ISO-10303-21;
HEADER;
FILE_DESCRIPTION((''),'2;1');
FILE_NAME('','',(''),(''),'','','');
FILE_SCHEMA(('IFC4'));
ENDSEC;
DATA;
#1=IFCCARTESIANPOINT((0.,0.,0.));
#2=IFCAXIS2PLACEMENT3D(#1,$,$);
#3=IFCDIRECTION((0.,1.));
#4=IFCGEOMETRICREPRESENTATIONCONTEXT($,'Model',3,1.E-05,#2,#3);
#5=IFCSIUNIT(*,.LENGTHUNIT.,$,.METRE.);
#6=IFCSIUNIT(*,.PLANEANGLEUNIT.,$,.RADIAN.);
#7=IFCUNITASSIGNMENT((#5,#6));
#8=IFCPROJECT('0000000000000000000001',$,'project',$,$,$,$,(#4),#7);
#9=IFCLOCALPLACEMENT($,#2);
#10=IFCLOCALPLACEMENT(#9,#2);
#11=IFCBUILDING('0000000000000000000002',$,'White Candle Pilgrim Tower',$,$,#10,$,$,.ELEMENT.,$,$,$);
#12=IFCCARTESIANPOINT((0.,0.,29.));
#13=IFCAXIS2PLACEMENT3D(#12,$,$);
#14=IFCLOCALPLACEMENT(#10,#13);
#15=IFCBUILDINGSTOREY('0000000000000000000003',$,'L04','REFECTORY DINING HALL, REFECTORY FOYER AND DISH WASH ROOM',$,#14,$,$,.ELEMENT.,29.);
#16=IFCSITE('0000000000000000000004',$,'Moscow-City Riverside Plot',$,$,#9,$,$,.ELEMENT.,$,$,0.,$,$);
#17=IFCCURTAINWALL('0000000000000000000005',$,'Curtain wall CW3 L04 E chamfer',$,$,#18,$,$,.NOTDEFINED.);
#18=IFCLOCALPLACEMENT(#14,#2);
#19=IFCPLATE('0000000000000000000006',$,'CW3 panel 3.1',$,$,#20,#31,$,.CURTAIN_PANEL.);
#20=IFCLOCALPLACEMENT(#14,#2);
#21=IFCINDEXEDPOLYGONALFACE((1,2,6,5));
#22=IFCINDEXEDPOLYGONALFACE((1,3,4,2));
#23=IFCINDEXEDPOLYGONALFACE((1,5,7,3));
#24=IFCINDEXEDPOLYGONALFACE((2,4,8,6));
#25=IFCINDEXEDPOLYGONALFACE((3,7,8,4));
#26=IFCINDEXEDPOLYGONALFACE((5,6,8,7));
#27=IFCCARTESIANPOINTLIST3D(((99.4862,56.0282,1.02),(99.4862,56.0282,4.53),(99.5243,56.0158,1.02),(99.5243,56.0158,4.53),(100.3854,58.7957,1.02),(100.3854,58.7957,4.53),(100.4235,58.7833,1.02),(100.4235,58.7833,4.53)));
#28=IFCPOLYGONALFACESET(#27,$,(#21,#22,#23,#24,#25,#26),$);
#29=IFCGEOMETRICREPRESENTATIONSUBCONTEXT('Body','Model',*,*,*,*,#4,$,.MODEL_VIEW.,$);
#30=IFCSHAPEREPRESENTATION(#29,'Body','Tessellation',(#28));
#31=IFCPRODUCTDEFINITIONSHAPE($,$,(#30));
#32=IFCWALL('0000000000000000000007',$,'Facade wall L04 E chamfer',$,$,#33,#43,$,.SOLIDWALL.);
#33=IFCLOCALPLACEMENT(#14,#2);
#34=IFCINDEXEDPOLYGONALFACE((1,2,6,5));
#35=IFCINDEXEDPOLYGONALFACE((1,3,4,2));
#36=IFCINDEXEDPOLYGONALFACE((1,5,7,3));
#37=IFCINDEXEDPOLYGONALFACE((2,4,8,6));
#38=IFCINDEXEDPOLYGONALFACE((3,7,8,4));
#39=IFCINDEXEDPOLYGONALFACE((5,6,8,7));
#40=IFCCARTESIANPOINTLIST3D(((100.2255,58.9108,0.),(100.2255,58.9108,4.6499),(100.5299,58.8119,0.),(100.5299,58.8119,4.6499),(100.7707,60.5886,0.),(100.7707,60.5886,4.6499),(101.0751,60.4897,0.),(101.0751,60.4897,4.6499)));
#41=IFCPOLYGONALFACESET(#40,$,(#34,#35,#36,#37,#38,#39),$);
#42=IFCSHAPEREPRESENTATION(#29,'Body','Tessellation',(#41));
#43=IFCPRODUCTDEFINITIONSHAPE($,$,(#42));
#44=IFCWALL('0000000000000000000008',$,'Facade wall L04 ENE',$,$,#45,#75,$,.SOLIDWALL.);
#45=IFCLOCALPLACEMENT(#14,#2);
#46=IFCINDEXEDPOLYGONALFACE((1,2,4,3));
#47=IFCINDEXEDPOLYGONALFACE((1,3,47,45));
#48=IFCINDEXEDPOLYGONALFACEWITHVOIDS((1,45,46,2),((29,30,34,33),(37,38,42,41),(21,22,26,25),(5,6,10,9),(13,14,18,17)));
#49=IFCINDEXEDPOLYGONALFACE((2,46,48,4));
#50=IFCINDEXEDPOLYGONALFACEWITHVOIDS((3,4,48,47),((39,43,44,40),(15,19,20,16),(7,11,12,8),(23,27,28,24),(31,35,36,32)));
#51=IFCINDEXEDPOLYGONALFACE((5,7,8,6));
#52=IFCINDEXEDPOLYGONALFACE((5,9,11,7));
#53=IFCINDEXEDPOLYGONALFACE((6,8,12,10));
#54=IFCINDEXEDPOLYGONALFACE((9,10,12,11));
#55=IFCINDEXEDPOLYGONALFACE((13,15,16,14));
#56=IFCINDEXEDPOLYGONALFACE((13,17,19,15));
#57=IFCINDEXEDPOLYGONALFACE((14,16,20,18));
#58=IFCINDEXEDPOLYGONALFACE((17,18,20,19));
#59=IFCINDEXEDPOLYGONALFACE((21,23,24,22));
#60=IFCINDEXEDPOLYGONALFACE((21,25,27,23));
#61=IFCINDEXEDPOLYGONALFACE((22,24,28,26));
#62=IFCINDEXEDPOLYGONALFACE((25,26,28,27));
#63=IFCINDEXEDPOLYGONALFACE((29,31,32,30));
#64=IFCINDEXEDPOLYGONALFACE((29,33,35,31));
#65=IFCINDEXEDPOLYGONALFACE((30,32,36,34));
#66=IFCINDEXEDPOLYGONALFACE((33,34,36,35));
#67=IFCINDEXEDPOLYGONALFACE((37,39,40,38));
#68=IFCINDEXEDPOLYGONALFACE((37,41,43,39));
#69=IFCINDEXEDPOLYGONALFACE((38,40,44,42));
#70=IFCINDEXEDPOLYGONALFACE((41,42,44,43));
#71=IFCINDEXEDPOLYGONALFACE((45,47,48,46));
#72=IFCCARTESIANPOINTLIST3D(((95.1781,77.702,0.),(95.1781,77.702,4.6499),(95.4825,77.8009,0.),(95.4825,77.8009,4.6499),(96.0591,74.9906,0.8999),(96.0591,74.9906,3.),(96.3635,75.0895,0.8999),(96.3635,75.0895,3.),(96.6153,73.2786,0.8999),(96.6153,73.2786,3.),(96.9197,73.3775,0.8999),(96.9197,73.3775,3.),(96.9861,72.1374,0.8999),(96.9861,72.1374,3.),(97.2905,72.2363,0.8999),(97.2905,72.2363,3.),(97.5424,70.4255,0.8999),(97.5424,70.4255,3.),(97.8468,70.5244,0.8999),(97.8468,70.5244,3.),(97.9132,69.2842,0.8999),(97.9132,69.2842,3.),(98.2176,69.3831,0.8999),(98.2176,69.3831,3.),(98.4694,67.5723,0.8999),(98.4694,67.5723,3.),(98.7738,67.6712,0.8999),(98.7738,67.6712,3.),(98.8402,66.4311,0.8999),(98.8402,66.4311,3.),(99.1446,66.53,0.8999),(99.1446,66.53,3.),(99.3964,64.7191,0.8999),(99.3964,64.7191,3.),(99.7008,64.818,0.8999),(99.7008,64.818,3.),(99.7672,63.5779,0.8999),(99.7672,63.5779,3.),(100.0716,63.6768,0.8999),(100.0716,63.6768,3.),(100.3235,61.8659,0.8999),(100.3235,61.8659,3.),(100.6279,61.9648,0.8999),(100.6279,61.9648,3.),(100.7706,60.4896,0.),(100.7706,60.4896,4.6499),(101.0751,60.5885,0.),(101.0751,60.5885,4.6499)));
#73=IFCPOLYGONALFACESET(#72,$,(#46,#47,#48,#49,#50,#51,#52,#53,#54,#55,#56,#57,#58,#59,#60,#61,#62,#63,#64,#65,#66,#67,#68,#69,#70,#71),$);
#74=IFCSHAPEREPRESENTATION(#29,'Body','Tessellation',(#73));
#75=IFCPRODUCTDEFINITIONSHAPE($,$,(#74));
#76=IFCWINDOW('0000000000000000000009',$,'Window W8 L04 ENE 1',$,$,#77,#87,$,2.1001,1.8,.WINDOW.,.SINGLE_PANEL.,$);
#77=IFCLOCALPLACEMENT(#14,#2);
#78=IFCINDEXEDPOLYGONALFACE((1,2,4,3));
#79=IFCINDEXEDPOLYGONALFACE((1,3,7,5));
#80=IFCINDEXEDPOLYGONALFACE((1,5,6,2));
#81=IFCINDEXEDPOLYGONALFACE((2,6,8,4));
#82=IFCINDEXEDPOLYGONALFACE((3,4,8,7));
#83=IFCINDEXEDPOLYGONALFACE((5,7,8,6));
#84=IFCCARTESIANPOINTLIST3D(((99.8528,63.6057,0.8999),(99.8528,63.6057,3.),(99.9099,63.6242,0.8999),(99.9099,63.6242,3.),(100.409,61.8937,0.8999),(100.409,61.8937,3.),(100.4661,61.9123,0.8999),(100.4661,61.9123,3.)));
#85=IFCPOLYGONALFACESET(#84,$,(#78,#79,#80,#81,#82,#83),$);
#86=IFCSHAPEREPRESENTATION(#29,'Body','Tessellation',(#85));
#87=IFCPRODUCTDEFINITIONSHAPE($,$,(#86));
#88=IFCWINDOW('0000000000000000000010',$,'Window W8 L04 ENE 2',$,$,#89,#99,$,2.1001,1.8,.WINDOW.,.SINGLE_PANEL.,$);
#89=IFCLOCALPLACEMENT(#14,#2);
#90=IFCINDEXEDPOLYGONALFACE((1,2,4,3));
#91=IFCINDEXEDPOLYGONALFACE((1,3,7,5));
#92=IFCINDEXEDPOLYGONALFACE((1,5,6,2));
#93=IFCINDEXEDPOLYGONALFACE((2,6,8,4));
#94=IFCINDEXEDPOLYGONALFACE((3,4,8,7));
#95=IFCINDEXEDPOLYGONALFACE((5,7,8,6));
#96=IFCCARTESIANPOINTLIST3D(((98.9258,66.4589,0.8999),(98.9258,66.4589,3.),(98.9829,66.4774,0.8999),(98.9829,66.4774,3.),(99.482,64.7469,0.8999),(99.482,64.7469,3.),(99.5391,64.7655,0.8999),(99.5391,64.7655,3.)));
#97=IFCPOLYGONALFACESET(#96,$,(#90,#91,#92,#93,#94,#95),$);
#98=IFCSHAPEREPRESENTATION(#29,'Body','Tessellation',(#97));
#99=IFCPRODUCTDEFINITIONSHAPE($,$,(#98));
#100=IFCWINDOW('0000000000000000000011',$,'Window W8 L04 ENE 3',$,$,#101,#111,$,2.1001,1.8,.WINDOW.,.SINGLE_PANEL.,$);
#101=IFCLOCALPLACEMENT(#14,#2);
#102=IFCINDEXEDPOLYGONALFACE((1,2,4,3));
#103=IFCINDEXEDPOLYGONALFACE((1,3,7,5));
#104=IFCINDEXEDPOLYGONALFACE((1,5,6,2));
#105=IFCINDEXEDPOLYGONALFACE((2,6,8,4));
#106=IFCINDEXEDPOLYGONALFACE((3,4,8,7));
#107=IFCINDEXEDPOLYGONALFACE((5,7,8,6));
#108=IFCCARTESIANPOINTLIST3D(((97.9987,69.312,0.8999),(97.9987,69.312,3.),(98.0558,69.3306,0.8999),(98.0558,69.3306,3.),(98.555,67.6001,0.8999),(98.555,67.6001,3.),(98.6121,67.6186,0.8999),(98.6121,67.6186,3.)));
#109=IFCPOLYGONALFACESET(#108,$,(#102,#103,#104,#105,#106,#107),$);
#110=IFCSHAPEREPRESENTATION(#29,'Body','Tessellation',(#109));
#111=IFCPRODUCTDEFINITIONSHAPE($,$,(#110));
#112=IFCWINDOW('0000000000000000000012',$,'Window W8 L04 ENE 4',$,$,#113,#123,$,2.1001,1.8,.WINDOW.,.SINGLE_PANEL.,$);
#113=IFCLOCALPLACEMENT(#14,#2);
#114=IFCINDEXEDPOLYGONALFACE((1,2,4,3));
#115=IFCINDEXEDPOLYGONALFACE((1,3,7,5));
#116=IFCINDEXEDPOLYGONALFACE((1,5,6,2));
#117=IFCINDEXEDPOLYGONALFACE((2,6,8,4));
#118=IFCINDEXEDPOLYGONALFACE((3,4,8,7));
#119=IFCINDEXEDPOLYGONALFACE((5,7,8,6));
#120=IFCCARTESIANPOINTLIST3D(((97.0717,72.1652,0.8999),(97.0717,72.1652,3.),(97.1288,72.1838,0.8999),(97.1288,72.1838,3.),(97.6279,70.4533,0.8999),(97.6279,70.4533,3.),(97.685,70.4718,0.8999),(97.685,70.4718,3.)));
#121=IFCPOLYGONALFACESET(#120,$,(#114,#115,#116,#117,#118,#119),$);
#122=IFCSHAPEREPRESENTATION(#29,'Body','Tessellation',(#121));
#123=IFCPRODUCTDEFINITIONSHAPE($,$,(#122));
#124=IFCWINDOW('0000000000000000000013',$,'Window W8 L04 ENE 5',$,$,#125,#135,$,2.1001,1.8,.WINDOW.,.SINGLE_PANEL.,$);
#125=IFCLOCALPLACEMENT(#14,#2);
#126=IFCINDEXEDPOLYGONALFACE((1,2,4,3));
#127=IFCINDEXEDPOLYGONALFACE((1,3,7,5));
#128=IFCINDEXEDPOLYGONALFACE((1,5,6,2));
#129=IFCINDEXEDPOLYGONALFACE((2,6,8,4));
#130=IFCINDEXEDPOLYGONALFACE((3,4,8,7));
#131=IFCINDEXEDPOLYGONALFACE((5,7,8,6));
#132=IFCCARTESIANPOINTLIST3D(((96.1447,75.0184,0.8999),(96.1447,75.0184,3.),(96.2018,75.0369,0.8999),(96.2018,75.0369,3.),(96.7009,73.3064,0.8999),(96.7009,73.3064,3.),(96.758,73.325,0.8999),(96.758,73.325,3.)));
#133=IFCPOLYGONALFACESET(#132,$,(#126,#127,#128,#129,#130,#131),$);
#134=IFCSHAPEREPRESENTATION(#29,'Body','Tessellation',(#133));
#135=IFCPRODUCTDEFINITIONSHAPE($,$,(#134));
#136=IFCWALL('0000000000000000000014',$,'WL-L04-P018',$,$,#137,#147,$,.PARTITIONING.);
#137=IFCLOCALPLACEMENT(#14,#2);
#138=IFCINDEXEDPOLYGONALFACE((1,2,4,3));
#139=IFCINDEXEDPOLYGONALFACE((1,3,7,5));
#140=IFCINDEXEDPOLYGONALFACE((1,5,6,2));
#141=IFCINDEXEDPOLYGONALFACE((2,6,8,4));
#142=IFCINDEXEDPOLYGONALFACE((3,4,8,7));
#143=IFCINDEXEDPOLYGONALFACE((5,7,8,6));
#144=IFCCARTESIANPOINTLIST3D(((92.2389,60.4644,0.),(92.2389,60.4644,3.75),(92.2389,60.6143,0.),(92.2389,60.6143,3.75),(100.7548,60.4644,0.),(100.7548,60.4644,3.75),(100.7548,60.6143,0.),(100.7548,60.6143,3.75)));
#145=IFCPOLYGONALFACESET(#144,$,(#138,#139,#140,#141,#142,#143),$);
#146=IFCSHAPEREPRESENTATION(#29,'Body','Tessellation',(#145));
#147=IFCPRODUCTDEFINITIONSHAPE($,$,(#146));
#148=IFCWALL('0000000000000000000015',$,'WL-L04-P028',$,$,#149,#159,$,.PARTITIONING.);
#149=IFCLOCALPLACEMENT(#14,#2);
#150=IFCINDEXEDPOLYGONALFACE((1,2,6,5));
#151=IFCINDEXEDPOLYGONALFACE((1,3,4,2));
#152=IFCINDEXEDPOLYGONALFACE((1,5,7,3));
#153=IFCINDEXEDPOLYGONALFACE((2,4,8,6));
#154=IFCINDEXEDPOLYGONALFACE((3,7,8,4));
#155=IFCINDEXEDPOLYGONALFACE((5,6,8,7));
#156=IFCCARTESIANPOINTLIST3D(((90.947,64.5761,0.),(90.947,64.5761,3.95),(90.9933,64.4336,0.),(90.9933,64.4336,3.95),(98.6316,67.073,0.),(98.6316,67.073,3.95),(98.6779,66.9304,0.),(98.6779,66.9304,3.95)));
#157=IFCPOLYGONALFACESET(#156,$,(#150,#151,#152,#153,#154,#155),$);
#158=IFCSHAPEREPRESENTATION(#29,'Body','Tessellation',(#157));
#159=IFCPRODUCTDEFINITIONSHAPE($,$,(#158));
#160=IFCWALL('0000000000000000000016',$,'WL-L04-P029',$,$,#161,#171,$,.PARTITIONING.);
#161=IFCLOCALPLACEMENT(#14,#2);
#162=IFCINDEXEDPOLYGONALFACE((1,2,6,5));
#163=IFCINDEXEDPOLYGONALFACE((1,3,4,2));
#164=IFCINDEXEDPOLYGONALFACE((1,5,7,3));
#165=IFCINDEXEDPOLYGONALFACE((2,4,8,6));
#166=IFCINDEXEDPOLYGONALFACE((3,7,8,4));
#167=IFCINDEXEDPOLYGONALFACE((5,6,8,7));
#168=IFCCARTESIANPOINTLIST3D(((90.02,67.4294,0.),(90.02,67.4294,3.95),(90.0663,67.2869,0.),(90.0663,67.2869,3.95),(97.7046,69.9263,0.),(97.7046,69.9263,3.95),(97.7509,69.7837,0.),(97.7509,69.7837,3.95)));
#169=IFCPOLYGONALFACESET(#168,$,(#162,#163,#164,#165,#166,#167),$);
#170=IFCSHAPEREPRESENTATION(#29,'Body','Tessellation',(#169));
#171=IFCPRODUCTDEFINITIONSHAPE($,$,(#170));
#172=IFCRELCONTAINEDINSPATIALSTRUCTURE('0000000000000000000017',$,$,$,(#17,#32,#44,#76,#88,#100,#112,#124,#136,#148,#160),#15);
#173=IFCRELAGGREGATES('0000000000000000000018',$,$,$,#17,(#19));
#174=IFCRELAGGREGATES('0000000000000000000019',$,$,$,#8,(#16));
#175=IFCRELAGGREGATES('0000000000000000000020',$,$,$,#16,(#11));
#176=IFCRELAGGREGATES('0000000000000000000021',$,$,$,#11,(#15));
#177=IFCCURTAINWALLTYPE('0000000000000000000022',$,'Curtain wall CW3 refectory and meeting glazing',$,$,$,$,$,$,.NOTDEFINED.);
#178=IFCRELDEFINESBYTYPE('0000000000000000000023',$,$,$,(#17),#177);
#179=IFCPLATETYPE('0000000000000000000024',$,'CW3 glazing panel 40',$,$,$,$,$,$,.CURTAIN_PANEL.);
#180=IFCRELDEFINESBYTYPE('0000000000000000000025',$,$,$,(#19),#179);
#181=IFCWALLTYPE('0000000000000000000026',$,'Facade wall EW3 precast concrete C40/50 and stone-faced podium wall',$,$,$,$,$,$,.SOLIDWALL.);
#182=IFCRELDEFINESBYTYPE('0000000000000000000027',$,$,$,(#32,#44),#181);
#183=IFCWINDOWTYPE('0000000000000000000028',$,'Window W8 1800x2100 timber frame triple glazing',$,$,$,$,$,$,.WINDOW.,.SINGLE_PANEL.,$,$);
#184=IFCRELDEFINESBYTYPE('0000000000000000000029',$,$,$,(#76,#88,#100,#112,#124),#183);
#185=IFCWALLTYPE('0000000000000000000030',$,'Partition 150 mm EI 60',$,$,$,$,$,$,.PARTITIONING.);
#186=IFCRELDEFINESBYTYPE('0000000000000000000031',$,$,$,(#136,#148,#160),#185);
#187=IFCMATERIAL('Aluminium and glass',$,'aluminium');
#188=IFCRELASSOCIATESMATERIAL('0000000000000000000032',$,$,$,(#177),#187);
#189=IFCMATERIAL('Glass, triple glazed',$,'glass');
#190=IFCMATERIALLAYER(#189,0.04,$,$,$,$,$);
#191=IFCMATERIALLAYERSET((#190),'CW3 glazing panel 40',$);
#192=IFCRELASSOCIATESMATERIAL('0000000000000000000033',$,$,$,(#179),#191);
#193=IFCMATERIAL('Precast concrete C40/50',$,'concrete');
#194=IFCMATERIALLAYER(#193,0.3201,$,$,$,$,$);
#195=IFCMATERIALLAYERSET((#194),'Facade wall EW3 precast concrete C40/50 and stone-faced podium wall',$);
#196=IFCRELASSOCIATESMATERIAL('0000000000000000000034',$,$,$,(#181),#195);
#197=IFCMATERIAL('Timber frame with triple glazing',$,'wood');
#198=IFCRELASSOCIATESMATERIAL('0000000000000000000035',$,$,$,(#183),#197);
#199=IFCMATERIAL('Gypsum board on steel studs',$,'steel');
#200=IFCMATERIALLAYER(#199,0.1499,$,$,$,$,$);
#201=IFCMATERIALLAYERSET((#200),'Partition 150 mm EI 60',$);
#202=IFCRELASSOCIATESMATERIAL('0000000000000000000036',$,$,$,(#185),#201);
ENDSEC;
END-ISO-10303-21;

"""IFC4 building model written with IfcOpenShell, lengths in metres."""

from ifc_helpers import new_model, si_unit, direction, frame, frame_2d, origin, origin_2d, place, context, subcontext, project, spatial, rectangle, extrude, material, layer, layer_set, type_object, element, fill, aggregate, save


model = new_model("IFC4")

# Units and contexts
model_context = context("Model", 3, precision=1e-05, world=origin(), true_north=direction((0.0, 1.0)))
body_context = subcontext(model_context, "Body", "Model", "MODEL_VIEW")
ifc_project = project(units=[si_unit("LENGTHUNIT", "METRE"), si_unit("PLANEANGLEUNIT", "RADIAN")], contexts=[model_context])

# Site, building, storey
site_placement = place(None, origin())
site = spatial("IfcSite", under=ifc_project, at=site_placement, Name="Moscow-City Riverside Plot", CompositionType="ELEMENT", RefElevation=0.0)
building_placement = place(site_placement, origin())
building = spatial("IfcBuilding", under=site, at=building_placement, Name="White Candle Pilgrim Tower", CompositionType="ELEMENT")
storey_placement = place(building_placement, frame((0.0, 0.0, 29.0)))
storey = spatial("IfcBuildingStorey", under=building, at=storey_placement, Name="L04", Description="REFECTORY DINING HALL, REFECTORY FOYER AND DISH WASH ROOM", CompositionType="ELEMENT", Elevation=29.0)

# Curtain wall
ifc_material_1 = material(Name="Aluminium and glass", Category="aluminium")
curtain_wall_type = type_object("IfcCurtainWallType", Name="Curtain wall CW3 refectory and meeting glazing", PredefinedType="NOTDEFINED", material=ifc_material_1)
curtain_wall_placement = place(storey_placement, origin())
curtain_wall = element("IfcCurtainWall", 1, at=curtain_wall_placement, inside=storey, type_object=curtain_wall_type, Name="Curtain wall CW3 L04 E chamfer", PredefinedType="NOTDEFINED")

# Plate
ifc_material_2 = material(Name="Glass, triple glazed", Category="glass")
ifc_layer_1 = layer(ifc_material_2, 0.04)
ifc_layer_set_1 = layer_set([ifc_layer_1], Name="CW3 glazing panel 40")
plate_type = type_object("IfcPlateType", Name="CW3 glazing panel 40", PredefinedType="CURTAIN_PANEL", material=ifc_layer_set_1)
plate_placement = place(storey_placement, frame((99.9548, 57.4058, 1.02), z_axis=(0.0, 0.0, 1.0), x_axis=(0.309017, 0.951057, 0.0)))
plate = element("IfcPlate", 2, at=plate_placement, type_object=plate_type, Name="CW3 panel 3.1", PredefinedType="CURTAIN_PANEL", context=body_context, shape_type="SweptSolid", body=[
    extrude(rectangle(XDim=2.9099, YDim=0.04, at=origin_2d()), origin(), (0.0, 0.0, 1.0), 3.51),
])
aggregate(curtain_wall, [plate])

# Wall
ifc_material_3 = material(Name="Precast concrete C40/50", Category="concrete")
ifc_layer_2 = layer(ifc_material_3, 0.3201)
ifc_layer_set_2 = layer_set([ifc_layer_2], Name="Facade wall EW3 precast concrete C40/50 and stone-faced podium wall")
wall_type_1 = type_object("IfcWallType", Name="Facade wall EW3 precast concrete C40/50 and stone-faced podium wall", PredefinedType="SOLIDWALL", material=ifc_layer_set_2)
wall_1_placement = place(storey_placement, frame((100.3777, 58.8613, 0.0), z_axis=(0.0, 0.0, 1.0), x_axis=(0.309036, 0.95105, 0.0)))
element("IfcWall", 3, at=wall_1_placement, inside=storey, type_object=wall_type_1, Name="Facade wall L04 E chamfer", PredefinedType="SOLIDWALL", context=body_context, shape_type="SweptSolid", body=[
    extrude(rectangle(XDim=1.7642, YDim=0.3201, at=frame_2d((0.8821, 0.0))), origin(), (0.0, 0.0, 1.0), 4.6499),
])

# Wall, openings, windows
wall_2_placement = place(storey_placement, frame((100.9229, 60.5391, 0.0), z_axis=(0.0, 0.0, 1.0), x_axis=(-0.309011, 0.951058, 0.0)))
wall_2 = element("IfcWall", 4, at=wall_2_placement, inside=storey, type_object=wall_type_1, Name="Facade wall L04 ENE", PredefinedType="SOLIDWALL", context=body_context, shape_type="SweptSolid", body=[
    extrude(rectangle(XDim=18.0981, YDim=0.3201, at=frame_2d((9.0491, 0.0))), origin(), (0.0, 0.0, 1.0), 4.6499),
])
opening_1_placement = place(wall_2_placement, frame((1.4473, 0.0, 0.8999)))
opening_1 = element("IfcOpeningElement", 5, at=opening_1_placement, cuts=wall_2, PredefinedType="OPENING", context=body_context, shape_type="SweptSolid", body=[
    extrude(rectangle(XDim=1.8, YDim=2.1001, at=frame_2d((0.8999, 1.05))), frame((0.0, 0.1699, 0.0), z_axis=(0.0, -1.0, 0.0), x_axis=(1.0, 0.0, 0.0)), (0.0, 0.0, 1.0), 0.3401),
])
opening_2_placement = place(wall_2_placement, frame((4.4473, 0.0, 0.8999)))
opening_2 = element("IfcOpeningElement", 6, at=opening_2_placement, cuts=wall_2, PredefinedType="OPENING", context=body_context, shape_type="SweptSolid", body=[
    extrude(rectangle(XDim=1.8, YDim=2.1001, at=frame_2d((0.8999, 1.05))), frame((0.0, 0.1699, 0.0), z_axis=(0.0, -1.0, 0.0), x_axis=(1.0, 0.0, 0.0)), (0.0, 0.0, 1.0), 0.3401),
])
opening_3_placement = place(wall_2_placement, frame((7.4473, 0.0, 0.8999)))
opening_3 = element("IfcOpeningElement", 7, at=opening_3_placement, cuts=wall_2, PredefinedType="OPENING", context=body_context, shape_type="SweptSolid", body=[
    extrude(rectangle(XDim=1.8, YDim=2.1001, at=frame_2d((0.8999, 1.05))), frame((0.0, 0.1699, 0.0), z_axis=(0.0, -1.0, 0.0), x_axis=(1.0, 0.0, 0.0)), (0.0, 0.0, 1.0), 0.3401),
])
opening_4_placement = place(wall_2_placement, frame((10.4473, 0.0, 0.8999)))
opening_4 = element("IfcOpeningElement", 8, at=opening_4_placement, cuts=wall_2, PredefinedType="OPENING", context=body_context, shape_type="SweptSolid", body=[
    extrude(rectangle(XDim=1.8, YDim=2.1001, at=frame_2d((0.8999, 1.05))), frame((0.0, 0.1699, 0.0), z_axis=(0.0, -1.0, 0.0), x_axis=(1.0, 0.0, 0.0)), (0.0, 0.0, 1.0), 0.3401),
])
opening_5_placement = place(wall_2_placement, frame((13.4473, 0.0, 0.8999)))
opening_5 = element("IfcOpeningElement", 9, at=opening_5_placement, cuts=wall_2, PredefinedType="OPENING", context=body_context, shape_type="SweptSolid", body=[
    extrude(rectangle(XDim=1.8, YDim=2.1001, at=frame_2d((0.8999, 1.05))), frame((0.0, 0.1699, 0.0), z_axis=(0.0, -1.0, 0.0), x_axis=(1.0, 0.0, 0.0)), (0.0, 0.0, 1.0), 0.3401),
])
ifc_material_4 = material(Name="Timber frame with triple glazing", Category="wood")
window_type = type_object("IfcWindowType", Name="Window W8 1800x2100 timber frame triple glazing", PartitioningType="SINGLE_PANEL", PredefinedType="WINDOW", material=ifc_material_4)
window_1_placement = place(opening_1_placement, origin())
window_1 = element("IfcWindow", 10, at=window_1_placement, inside=storey, type_object=window_type, Name="Window W8 L04 ENE 1", OverallHeight=2.1001, OverallWidth=1.8, PartitioningType="SINGLE_PANEL", PredefinedType="WINDOW", context=body_context, shape_type="SweptSolid", body=[
    extrude(rectangle(XDim=1.8, YDim=2.1001, at=frame_2d((0.8999, 1.05))), frame((0.0, 0.0701, 0.0), z_axis=(0.0, -1.0, 0.0), x_axis=(1.0, 0.0, 0.0)), (0.0, 0.0, 1.0), 0.0601),
])
fill(opening_1, window_1)
window_2_placement = place(opening_2_placement, origin())
window_2 = element("IfcWindow", 11, at=window_2_placement, inside=storey, type_object=window_type, Name="Window W8 L04 ENE 2", OverallHeight=2.1001, OverallWidth=1.8, PartitioningType="SINGLE_PANEL", PredefinedType="WINDOW", context=body_context, shape_type="SweptSolid", body=[
    extrude(rectangle(XDim=1.8, YDim=2.1001, at=frame_2d((0.8999, 1.05))), frame((0.0, 0.0701, 0.0), z_axis=(0.0, -1.0, 0.0), x_axis=(1.0, 0.0, 0.0)), (0.0, 0.0, 1.0), 0.0601),
])
fill(opening_2, window_2)
window_3_placement = place(opening_3_placement, origin())
window_3 = element("IfcWindow", 12, at=window_3_placement, inside=storey, type_object=window_type, Name="Window W8 L04 ENE 3", OverallHeight=2.1001, OverallWidth=1.8, PartitioningType="SINGLE_PANEL", PredefinedType="WINDOW", context=body_context, shape_type="SweptSolid", body=[
    extrude(rectangle(XDim=1.8, YDim=2.1001, at=frame_2d((0.8999, 1.05))), frame((0.0, 0.0701, 0.0), z_axis=(0.0, -1.0, 0.0), x_axis=(1.0, 0.0, 0.0)), (0.0, 0.0, 1.0), 0.0601),
])
fill(opening_3, window_3)
window_4_placement = place(opening_4_placement, origin())
window_4 = element("IfcWindow", 13, at=window_4_placement, inside=storey, type_object=window_type, Name="Window W8 L04 ENE 4", OverallHeight=2.1001, OverallWidth=1.8, PartitioningType="SINGLE_PANEL", PredefinedType="WINDOW", context=body_context, shape_type="SweptSolid", body=[
    extrude(rectangle(XDim=1.8, YDim=2.1001, at=frame_2d((0.8999, 1.05))), frame((0.0, 0.0701, 0.0), z_axis=(0.0, -1.0, 0.0), x_axis=(1.0, 0.0, 0.0)), (0.0, 0.0, 1.0), 0.0601),
])
fill(opening_4, window_4)
window_5_placement = place(opening_5_placement, origin())
window_5 = element("IfcWindow", 14, at=window_5_placement, inside=storey, type_object=window_type, Name="Window W8 L04 ENE 5", OverallHeight=2.1001, OverallWidth=1.8, PartitioningType="SINGLE_PANEL", PredefinedType="WINDOW", context=body_context, shape_type="SweptSolid", body=[
    extrude(rectangle(XDim=1.8, YDim=2.1001, at=frame_2d((0.8999, 1.05))), frame((0.0, 0.0701, 0.0), z_axis=(0.0, -1.0, 0.0), x_axis=(1.0, 0.0, 0.0)), (0.0, 0.0, 1.0), 0.0601),
])
fill(opening_5, window_5)

# Walls
ifc_material_5 = material(Name="Gypsum board on steel studs", Category="steel")
ifc_layer_3 = layer(ifc_material_5, 0.1499)
ifc_layer_set_3 = layer_set([ifc_layer_3], Name="Partition 150 mm EI 60")
wall_type_2 = type_object("IfcWallType", Name="Partition 150 mm EI 60", PredefinedType="PARTITIONING", material=ifc_layer_set_3)
wall_3_placement = place(storey_placement, frame((100.7546, 60.5393, 0.0), z_axis=(0.0, 0.0, 1.0), x_axis=(-1.0, 0.0, 0.0)))
element("IfcWall", 15, at=wall_3_placement, inside=storey, type_object=wall_type_2, Name="WL-L04-P018", PredefinedType="PARTITIONING", context=body_context, shape_type="SweptSolid", body=[
    extrude(rectangle(XDim=8.5159, YDim=0.1499, at=frame_2d((4.2578, 0.0))), origin(), (0.0, 0.0, 1.0), 3.75),
])
for number, where, z_axis, x_axis, name in (
    (16, (98.6548, 67.0017, 0.0), (0.0, 0.0, 1.0), (-0.951058, -0.309012, 0.0), "WL-L04-P028"),
    (17, (97.7278, 69.855, 0.0), (0.0, 0.0, 1.0), (-0.951058, -0.309012, 0.0), "WL-L04-P029"),
):
    element("IfcWall", number, at=place(storey_placement, frame(where, z_axis=z_axis, x_axis=x_axis)), inside=storey, type_object=wall_type_2, Name=name, PredefinedType="PARTITIONING", context=body_context, shape_type="SweptSolid", body=[
        extrude(rectangle(XDim=8.0801, YDim=0.1499, at=frame_2d((4.04, 0.0))), origin(), (0.0, 0.0, 1.0), 3.95),
    ])

save(model, "model.ifc")
